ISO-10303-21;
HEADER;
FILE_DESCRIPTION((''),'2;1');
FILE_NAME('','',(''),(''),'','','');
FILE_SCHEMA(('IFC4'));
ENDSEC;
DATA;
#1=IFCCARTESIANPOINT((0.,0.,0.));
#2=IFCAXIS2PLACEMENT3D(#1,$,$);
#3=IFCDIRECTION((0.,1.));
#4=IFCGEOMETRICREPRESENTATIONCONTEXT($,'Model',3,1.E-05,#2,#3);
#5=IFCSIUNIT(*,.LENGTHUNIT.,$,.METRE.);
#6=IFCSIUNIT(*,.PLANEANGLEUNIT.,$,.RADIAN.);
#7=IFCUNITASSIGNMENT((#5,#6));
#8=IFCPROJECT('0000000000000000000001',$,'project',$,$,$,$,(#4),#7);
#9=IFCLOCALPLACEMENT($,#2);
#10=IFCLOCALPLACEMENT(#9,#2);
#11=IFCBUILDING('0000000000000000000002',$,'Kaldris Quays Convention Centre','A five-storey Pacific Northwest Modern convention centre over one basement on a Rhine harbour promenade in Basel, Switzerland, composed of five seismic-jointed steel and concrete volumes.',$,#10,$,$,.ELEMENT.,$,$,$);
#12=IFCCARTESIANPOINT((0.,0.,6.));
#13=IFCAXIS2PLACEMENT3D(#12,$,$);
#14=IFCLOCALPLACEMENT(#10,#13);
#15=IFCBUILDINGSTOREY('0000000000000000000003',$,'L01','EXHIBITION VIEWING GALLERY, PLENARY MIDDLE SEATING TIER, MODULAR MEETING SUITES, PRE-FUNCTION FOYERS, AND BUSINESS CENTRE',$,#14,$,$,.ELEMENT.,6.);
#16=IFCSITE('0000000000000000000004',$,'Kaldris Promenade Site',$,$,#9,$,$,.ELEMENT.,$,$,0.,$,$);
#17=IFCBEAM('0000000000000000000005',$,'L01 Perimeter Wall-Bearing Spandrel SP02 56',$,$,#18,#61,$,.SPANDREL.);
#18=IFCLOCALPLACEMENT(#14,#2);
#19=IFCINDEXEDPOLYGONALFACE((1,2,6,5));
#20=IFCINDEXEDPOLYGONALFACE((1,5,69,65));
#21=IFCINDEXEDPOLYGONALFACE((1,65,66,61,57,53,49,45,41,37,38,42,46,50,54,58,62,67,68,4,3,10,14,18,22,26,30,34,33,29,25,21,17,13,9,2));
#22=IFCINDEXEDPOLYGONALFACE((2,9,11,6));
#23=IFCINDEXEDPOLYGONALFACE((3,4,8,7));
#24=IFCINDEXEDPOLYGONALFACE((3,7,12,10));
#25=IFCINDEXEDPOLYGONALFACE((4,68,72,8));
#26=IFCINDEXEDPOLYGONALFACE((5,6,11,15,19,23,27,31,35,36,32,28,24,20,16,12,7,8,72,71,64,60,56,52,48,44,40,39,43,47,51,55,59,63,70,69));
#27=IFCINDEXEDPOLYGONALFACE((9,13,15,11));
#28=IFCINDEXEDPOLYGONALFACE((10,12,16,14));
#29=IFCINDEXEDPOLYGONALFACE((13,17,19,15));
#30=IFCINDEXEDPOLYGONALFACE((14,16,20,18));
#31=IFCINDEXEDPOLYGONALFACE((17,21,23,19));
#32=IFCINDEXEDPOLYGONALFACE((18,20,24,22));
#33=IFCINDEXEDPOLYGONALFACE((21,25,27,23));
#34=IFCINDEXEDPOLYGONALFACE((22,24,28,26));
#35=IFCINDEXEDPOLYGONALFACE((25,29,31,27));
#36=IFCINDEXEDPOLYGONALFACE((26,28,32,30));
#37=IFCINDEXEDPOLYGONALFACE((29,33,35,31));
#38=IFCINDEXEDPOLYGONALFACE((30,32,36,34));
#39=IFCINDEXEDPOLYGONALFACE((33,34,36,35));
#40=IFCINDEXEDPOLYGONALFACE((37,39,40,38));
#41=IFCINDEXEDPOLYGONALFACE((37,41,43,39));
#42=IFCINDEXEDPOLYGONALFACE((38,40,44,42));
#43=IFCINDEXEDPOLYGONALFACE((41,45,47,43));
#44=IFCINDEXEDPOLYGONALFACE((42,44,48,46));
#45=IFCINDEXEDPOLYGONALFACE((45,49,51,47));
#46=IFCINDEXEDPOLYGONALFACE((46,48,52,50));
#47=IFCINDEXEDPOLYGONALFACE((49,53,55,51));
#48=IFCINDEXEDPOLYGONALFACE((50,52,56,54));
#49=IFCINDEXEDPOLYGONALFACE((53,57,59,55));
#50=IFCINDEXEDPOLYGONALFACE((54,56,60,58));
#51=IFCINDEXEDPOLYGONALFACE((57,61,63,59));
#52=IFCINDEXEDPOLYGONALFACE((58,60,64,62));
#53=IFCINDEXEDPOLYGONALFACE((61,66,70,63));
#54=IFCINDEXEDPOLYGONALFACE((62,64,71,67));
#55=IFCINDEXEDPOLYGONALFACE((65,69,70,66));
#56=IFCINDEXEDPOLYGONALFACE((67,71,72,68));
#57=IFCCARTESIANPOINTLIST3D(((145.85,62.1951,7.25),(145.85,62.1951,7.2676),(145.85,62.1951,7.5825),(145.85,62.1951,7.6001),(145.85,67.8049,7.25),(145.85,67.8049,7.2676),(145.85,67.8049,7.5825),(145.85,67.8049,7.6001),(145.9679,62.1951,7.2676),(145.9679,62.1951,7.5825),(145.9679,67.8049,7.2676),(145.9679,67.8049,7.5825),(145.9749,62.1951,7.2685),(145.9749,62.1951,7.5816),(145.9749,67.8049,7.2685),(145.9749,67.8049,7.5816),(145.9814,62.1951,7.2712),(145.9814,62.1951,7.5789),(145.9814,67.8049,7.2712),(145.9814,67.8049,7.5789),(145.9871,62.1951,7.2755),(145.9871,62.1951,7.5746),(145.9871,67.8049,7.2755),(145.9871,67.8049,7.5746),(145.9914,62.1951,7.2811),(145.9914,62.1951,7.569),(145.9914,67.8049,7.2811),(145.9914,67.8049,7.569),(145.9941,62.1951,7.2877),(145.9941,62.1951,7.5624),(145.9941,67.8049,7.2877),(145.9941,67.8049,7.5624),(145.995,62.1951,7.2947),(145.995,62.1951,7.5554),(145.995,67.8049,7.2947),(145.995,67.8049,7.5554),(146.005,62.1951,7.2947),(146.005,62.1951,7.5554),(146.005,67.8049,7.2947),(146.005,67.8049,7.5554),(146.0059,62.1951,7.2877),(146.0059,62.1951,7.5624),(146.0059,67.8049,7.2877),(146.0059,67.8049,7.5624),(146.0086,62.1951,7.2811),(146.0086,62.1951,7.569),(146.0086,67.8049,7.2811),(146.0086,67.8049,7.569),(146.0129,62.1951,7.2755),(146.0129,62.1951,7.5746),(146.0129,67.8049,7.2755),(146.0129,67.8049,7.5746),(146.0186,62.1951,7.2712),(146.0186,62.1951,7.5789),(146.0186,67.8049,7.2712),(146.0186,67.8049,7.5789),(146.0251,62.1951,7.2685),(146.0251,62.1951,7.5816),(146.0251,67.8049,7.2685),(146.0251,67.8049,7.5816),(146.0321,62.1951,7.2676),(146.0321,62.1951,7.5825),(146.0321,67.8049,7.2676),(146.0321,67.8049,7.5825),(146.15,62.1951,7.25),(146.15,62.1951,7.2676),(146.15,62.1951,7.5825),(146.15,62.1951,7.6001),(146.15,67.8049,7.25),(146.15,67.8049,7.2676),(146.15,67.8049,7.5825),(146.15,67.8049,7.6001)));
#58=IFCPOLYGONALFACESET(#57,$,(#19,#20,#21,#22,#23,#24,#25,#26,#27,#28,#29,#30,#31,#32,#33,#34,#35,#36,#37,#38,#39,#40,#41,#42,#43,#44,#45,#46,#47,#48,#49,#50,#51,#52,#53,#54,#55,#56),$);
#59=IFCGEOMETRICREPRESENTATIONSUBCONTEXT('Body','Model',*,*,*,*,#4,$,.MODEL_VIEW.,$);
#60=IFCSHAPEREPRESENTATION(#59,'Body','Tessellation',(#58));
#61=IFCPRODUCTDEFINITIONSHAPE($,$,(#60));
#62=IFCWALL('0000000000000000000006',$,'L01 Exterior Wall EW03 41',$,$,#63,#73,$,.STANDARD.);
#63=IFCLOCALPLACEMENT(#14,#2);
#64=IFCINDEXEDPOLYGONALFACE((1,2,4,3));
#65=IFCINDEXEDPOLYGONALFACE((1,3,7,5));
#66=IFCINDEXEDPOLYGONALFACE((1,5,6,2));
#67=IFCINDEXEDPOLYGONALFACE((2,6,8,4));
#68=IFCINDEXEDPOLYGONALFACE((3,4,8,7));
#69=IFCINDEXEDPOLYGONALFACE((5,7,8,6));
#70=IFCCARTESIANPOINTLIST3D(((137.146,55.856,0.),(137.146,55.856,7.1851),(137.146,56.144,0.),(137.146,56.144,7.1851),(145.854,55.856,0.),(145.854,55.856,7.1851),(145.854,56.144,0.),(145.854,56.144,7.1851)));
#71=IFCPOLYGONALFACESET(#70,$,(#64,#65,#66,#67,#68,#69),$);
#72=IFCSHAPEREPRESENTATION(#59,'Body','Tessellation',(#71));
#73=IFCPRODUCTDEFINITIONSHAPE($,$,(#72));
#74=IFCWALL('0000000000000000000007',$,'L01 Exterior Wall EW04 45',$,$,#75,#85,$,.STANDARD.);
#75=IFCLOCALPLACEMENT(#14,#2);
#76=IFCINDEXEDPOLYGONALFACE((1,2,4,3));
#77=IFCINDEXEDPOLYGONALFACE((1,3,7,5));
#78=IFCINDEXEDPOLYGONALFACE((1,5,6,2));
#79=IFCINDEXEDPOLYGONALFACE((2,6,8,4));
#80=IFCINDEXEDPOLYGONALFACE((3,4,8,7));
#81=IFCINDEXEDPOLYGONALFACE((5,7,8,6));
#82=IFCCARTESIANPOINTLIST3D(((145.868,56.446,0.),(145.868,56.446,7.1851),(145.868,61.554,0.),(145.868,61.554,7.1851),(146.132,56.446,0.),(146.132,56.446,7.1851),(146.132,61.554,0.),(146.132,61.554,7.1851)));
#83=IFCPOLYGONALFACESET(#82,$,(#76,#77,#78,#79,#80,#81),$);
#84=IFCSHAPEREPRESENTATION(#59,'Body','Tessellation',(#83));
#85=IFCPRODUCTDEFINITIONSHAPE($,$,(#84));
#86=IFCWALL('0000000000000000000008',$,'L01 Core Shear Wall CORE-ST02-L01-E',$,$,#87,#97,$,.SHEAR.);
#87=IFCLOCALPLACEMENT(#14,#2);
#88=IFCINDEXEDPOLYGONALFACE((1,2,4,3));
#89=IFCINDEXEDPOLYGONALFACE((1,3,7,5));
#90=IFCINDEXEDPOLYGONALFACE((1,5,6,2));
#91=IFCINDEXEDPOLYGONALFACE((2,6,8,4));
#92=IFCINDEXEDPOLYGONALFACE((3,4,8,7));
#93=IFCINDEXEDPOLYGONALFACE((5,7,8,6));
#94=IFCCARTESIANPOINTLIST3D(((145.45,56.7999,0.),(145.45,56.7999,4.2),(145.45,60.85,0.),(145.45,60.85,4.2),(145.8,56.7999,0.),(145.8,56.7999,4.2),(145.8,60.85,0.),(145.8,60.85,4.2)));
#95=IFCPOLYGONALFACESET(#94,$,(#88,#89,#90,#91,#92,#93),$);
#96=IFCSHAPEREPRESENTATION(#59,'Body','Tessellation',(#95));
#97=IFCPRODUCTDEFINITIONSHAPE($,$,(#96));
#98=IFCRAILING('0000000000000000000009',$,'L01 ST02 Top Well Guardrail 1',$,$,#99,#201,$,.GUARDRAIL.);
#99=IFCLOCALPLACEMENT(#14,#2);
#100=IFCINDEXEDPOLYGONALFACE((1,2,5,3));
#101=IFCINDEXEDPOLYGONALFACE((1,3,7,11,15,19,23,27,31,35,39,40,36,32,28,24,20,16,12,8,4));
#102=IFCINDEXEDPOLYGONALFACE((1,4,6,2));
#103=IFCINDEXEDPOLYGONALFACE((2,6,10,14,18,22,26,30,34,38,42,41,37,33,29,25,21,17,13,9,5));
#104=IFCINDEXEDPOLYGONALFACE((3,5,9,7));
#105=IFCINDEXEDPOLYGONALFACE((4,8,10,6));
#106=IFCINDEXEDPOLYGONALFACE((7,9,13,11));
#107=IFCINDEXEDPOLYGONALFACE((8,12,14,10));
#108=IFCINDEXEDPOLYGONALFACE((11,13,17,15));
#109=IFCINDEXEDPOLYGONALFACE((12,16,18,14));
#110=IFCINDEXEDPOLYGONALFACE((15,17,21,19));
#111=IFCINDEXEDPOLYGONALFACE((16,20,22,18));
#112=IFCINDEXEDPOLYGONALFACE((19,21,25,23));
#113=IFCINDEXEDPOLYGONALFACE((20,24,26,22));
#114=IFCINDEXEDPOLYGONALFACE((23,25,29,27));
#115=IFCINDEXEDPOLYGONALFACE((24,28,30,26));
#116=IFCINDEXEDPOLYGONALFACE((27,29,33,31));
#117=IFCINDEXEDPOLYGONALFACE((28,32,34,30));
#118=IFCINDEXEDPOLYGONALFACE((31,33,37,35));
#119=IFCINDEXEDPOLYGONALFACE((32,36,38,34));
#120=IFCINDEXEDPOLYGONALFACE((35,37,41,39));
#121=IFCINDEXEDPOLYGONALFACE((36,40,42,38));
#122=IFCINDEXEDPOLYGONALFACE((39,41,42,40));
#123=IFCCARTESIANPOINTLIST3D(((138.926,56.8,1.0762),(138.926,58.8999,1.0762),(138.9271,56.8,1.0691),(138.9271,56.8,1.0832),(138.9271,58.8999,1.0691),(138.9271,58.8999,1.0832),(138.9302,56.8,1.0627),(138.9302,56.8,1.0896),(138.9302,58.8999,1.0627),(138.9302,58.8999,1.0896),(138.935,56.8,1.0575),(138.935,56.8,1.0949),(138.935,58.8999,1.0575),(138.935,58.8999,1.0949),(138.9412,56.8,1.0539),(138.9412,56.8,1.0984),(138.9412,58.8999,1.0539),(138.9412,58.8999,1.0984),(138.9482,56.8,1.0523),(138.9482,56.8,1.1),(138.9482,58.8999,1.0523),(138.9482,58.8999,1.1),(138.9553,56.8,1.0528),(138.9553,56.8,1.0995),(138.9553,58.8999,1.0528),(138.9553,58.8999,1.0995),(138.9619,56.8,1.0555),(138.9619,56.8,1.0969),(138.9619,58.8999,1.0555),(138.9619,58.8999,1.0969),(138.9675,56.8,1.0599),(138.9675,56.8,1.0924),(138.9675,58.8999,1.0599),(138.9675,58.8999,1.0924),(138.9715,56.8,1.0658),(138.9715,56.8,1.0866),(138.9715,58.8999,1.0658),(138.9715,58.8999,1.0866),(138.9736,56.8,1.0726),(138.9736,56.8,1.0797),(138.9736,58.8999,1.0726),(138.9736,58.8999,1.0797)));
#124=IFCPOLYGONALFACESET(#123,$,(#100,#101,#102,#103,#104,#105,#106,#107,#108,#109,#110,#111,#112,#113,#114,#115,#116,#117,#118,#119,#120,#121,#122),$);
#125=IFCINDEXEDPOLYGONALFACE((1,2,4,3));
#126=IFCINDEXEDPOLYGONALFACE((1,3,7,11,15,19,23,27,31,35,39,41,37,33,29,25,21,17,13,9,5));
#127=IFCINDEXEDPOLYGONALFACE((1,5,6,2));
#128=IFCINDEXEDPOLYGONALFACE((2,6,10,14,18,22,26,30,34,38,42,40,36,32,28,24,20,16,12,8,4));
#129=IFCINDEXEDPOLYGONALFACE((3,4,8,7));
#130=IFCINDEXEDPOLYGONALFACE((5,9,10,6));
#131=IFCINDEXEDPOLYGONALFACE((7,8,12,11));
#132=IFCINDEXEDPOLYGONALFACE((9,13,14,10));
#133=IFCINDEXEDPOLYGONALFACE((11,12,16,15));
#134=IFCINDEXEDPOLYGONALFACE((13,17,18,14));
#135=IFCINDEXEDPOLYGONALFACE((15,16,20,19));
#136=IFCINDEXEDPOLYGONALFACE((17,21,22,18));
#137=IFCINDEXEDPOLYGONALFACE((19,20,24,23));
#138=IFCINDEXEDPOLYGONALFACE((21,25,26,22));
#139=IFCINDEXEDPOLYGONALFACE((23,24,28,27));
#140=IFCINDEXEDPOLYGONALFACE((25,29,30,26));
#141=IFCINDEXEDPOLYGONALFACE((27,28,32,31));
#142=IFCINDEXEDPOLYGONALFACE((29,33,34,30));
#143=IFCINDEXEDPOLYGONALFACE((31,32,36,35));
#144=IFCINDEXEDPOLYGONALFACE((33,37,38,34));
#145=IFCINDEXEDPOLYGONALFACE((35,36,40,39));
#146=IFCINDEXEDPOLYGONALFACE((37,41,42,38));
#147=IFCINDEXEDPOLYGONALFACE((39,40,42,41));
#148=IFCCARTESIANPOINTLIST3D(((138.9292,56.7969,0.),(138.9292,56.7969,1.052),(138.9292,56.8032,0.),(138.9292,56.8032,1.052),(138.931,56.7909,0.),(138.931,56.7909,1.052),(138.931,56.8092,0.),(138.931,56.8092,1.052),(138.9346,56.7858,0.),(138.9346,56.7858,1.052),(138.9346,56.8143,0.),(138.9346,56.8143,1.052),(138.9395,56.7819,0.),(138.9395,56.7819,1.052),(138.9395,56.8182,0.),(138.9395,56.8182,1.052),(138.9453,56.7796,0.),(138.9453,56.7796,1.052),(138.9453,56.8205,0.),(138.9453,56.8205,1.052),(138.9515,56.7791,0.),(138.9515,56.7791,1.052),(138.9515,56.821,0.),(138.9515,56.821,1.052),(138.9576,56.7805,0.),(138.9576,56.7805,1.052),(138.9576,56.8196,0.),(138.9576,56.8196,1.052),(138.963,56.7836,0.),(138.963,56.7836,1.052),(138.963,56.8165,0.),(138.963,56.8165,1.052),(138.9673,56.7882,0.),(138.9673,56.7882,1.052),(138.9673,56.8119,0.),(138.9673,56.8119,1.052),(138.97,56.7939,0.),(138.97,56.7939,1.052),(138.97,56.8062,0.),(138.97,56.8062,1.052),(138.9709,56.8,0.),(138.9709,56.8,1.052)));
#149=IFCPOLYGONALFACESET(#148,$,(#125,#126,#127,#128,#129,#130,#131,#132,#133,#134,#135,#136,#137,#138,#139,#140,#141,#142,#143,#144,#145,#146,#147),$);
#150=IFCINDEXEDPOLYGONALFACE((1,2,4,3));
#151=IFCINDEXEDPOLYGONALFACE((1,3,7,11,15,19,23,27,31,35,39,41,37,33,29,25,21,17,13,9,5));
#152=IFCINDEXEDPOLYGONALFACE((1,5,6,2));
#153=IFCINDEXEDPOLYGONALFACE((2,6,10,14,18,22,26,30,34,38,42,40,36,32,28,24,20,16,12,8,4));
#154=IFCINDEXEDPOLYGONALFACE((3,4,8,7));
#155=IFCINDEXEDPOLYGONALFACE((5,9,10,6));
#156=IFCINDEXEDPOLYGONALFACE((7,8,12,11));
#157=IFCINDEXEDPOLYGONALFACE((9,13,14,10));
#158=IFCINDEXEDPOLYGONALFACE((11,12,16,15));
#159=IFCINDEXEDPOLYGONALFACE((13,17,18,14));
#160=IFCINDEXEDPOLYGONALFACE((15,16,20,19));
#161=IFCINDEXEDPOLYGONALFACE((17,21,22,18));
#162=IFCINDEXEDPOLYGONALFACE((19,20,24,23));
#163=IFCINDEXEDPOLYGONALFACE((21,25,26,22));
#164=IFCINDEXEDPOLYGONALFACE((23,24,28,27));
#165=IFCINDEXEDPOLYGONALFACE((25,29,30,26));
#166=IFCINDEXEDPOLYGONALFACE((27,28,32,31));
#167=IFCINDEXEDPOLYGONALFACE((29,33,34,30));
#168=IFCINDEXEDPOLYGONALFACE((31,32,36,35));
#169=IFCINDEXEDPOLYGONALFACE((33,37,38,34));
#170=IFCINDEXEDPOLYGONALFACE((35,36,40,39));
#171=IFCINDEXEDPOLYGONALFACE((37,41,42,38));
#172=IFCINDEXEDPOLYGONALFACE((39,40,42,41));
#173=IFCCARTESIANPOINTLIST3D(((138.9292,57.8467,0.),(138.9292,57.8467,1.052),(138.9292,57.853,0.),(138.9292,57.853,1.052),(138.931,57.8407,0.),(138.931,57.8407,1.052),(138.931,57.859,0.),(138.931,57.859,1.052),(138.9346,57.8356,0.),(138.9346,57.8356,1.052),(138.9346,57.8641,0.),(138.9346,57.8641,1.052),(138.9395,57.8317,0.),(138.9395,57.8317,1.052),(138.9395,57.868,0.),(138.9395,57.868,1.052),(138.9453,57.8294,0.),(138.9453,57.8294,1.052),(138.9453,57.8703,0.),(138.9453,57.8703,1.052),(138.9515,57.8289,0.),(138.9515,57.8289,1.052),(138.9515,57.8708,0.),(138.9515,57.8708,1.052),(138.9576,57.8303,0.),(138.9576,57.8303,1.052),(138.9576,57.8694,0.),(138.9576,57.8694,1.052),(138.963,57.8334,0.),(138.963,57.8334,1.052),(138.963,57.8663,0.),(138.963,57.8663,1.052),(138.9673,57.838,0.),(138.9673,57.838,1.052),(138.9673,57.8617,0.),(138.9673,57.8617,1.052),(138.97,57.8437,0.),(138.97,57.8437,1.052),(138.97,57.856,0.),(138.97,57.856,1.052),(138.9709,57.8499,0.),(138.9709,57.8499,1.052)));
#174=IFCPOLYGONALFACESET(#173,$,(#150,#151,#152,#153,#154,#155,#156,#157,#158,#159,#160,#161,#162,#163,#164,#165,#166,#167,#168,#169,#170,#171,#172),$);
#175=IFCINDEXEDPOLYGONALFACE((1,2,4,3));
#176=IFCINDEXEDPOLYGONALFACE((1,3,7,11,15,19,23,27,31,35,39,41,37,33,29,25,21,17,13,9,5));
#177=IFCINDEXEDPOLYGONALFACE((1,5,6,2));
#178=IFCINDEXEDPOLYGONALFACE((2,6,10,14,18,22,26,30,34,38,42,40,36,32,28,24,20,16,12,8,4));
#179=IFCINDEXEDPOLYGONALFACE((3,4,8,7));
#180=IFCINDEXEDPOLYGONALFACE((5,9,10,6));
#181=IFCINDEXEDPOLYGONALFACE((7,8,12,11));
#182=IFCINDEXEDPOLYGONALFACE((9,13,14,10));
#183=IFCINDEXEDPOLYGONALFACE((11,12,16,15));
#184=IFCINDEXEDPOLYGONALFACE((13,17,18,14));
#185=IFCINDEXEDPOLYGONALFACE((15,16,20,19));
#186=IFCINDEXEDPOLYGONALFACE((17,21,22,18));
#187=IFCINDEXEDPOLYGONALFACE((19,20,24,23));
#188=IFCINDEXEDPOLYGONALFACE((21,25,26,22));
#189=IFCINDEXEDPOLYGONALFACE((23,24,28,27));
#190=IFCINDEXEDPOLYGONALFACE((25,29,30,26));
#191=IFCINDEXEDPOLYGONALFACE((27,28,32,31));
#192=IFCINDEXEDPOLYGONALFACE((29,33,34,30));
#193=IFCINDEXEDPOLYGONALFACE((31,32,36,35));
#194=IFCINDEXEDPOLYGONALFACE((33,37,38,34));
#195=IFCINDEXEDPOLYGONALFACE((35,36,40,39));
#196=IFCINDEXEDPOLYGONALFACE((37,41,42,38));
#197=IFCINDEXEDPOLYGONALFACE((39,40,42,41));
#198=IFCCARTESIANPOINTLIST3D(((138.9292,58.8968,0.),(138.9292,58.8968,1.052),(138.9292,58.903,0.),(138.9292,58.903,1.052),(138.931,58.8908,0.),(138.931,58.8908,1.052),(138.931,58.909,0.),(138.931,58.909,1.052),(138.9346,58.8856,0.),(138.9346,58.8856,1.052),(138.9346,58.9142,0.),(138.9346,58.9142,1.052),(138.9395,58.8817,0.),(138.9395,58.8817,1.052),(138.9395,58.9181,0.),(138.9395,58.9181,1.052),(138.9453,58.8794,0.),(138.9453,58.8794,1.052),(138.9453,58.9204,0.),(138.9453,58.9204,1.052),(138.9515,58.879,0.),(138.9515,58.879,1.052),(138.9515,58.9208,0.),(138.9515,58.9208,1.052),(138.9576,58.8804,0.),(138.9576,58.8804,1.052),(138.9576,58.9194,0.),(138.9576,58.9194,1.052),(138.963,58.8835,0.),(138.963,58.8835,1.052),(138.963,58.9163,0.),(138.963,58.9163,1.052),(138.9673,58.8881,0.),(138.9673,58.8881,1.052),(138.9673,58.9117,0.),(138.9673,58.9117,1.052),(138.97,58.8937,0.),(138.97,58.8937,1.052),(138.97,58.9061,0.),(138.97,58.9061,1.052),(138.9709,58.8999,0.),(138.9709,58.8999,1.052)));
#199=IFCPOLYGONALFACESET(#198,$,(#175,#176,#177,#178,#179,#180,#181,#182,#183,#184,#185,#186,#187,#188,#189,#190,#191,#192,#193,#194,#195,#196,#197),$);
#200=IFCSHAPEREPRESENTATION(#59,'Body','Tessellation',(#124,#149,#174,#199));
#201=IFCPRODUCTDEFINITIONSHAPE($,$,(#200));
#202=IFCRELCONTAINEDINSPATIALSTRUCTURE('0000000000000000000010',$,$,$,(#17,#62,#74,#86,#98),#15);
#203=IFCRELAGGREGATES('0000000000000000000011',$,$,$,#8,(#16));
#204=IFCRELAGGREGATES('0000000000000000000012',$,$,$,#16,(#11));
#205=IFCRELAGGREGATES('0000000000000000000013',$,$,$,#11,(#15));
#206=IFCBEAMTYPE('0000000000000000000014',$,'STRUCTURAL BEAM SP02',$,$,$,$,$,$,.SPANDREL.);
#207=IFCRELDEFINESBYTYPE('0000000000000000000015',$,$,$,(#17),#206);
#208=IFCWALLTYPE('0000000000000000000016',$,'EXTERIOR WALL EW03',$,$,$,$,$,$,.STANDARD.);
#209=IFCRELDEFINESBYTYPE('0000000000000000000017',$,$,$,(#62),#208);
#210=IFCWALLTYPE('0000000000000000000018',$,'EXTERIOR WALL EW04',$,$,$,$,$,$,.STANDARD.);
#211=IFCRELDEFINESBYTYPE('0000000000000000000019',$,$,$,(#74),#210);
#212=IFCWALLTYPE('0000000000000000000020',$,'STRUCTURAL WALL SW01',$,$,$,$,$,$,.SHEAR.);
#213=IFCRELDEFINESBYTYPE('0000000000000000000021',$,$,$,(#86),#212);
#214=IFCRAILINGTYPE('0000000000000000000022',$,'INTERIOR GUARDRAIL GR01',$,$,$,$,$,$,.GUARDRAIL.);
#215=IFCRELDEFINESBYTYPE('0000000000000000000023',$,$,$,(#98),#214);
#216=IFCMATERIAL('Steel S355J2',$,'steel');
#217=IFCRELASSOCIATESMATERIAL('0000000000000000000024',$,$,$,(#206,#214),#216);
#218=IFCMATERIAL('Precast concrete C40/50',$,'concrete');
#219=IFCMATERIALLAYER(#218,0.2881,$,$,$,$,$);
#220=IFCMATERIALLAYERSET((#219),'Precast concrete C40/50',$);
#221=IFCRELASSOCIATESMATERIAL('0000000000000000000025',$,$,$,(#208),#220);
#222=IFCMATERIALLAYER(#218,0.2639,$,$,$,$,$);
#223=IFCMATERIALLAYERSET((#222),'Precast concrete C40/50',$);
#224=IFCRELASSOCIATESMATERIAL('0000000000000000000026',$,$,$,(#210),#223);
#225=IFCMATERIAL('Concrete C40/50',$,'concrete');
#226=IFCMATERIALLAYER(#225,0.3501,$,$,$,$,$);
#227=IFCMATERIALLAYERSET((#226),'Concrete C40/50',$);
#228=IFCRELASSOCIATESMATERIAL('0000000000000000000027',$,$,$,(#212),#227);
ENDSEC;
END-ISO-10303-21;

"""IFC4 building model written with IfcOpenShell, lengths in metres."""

from ifc_helpers import new_model, si_unit, direction, frame, frame_2d, origin, origin_2d, place, context, subcontext, project, spatial, rectangle, circle, i_section, extrude, material, layer, layer_set, material_profile, profile_set, type_object, element, save


model = new_model("IFC4")

# Units and contexts
model_context = context("Model", 3, precision=1e-05, world=origin(), true_north=direction((0.0, 1.0)))
body_context = subcontext(model_context, "Body", "Model", "MODEL_VIEW")
ifc_project = project(units=[si_unit("LENGTHUNIT", "METRE"), si_unit("PLANEANGLEUNIT", "RADIAN")], contexts=[model_context])

# Site, building, storey
site_placement = place(None, origin())
site = spatial("IfcSite", under=ifc_project, at=site_placement, Name="Kaldris Promenade Site", CompositionType="ELEMENT", RefElevation=0.0)
building_placement = place(site_placement, origin())
building = spatial("IfcBuilding", under=site, at=building_placement, Name="Kaldris Quays Convention Centre", Description="A five-storey Pacific Northwest Modern convention centre over one basement on a Rhine harbour promenade in Basel, Switzerland, composed of five seismic-jointed steel and concrete volumes.", CompositionType="ELEMENT")
storey_placement = place(building_placement, frame((0.0, 0.0, 6.0)))
storey = spatial("IfcBuildingStorey", under=building, at=storey_placement, Name="L01", Description="EXHIBITION VIEWING GALLERY, PLENARY MIDDLE SEATING TIER, MODULAR MEETING SUITES, PRE-FUNCTION FOYERS, AND BUSINESS CENTRE", CompositionType="ELEMENT", Elevation=6.0)

# Shared definitions
ifc_material_1 = material(Name="Steel S355J2", Category="steel")

# Beam
ifc_material_profile_1 = material_profile(ifc_material_1, i_section(OverallWidth=0.3, OverallDepth=0.3501, WebThickness=0.01, FlangeThickness=0.0176, FilletRadius=0.0271, at=origin_2d()), Name="HEA 360")
ifc_profile_set_1 = profile_set([ifc_material_profile_1], Name="Steel S355J2")
beam_type_1 = type_object("IfcBeamType", Name="STRUCTURAL BEAM SP02", PredefinedType="SPANDREL", material=ifc_profile_set_1)
beam_1_placement = place(storey_placement, frame((146.0, 62.1951, 7.425), z_axis=(0.0, 1.0, 0.0), x_axis=(-1.0, 0.0, 0.0)))
element("IfcBeam", 1, at=beam_1_placement, inside=storey, type_object=beam_type_1, Name="L01 Perimeter Wall-Bearing Spandrel SP02 56", PredefinedType="SPANDREL", context=body_context, shape_type="SweptSolid", body=[
    extrude(i_section(OverallWidth=0.3, OverallDepth=0.3501, WebThickness=0.01, FlangeThickness=0.0176, FilletRadius=0.0271, at=origin_2d()), origin(), (0.0, 0.0, 1.0), 5.6099),
])

# Walls
ifc_material_2 = material(Name="Precast concrete C40/50", Category="concrete")
ifc_layer_1 = layer(ifc_material_2, 0.2881)
ifc_layer_set_1 = layer_set([ifc_layer_1], Name="Precast concrete C40/50")
wall_type_1 = type_object("IfcWallType", Name="EXTERIOR WALL EW03", PredefinedType="STANDARD", material=ifc_layer_set_1)
wall_1_placement = place(storey_placement, frame((137.146, 56.0, 0.0), z_axis=(0.0, 0.0, 1.0), x_axis=(1.0, 0.0, 0.0)))
element("IfcWall", 2, at=wall_1_placement, inside=storey, type_object=wall_type_1, Name="L01 Exterior Wall EW03 41", PredefinedType="STANDARD", context=body_context, shape_type="SweptSolid", body=[
    extrude(rectangle(XDim=8.708, YDim=0.2881, at=frame_2d((4.354, 0.0))), origin(), (0.0, 0.0, 1.0), 7.1851),
])
ifc_layer_2 = layer(ifc_material_2, 0.2639)
ifc_layer_set_2 = layer_set([ifc_layer_2], Name="Precast concrete C40/50")
wall_type_2 = type_object("IfcWallType", Name="EXTERIOR WALL EW04", PredefinedType="STANDARD", material=ifc_layer_set_2)
wall_2_placement = place(storey_placement, frame((146.0, 56.446, 0.0), z_axis=(0.0, 0.0, 1.0), x_axis=(0.0, 1.0, 0.0)))
element("IfcWall", 3, at=wall_2_placement, inside=storey, type_object=wall_type_2, Name="L01 Exterior Wall EW04 45", PredefinedType="STANDARD", context=body_context, shape_type="SweptSolid", body=[
    extrude(rectangle(XDim=5.1079, YDim=0.2639, at=frame_2d((2.554, 0.0))), origin(), (0.0, 0.0, 1.0), 7.1851),
])
ifc_material_3 = material(Name="Concrete C40/50", Category="concrete")
ifc_layer_3 = layer(ifc_material_3, 0.3501)
ifc_layer_set_3 = layer_set([ifc_layer_3], Name="Concrete C40/50")
wall_type_3 = type_object("IfcWallType", Name="STRUCTURAL WALL SW01", PredefinedType="SHEAR", material=ifc_layer_set_3)
wall_3_placement = place(storey_placement, frame((145.625, 56.8, 0.0), z_axis=(0.0, 0.0, 1.0), x_axis=(0.0, 1.0, 0.0)))
element("IfcWall", 4, at=wall_3_placement, inside=storey, type_object=wall_type_3, Name="L01 Core Shear Wall CORE-ST02-L01-E", PredefinedType="SHEAR", context=body_context, shape_type="SweptSolid", body=[
    extrude(rectangle(XDim=4.05, YDim=0.3501, at=frame_2d((2.0249, 0.0))), origin(), (0.0, 0.0, 1.0), 4.2),
])

# Railing
railing_type = type_object("IfcRailingType", Name="INTERIOR GUARDRAIL GR01", PredefinedType="GUARDRAIL", material=ifc_material_1)
railing_placement = place(storey_placement, frame((138.95, 56.8, 0.0)))
element("IfcRailing", 5, at=railing_placement, inside=storey, type_object=railing_type, Name="L01 ST02 Top Well Guardrail 1", PredefinedType="GUARDRAIL", context=body_context, shape_type="SweptSolid", body=[
    extrude(circle(Radius=0.0239, at=origin_2d()), frame((0.0, 0.0, 1.0762), z_axis=(0.0, 1.0, 0.0), x_axis=(-1.0, 0.0, 0.0)), (0.0, 0.0, 1.0), 2.0999),
    extrude(circle(Radius=0.021, at=origin_2d()), origin(), (0.0, 0.0, 1.0), 1.052),
    extrude(circle(Radius=0.021, at=origin_2d()), frame((0.0, 1.0498, 0.0)), (0.0, 0.0, 1.0), 1.052),
    extrude(circle(Radius=0.021, at=origin_2d()), frame((0.0, 2.0999, 0.0)), (0.0, 0.0, 1.0), 1.052),
])

save(model, "model.ifc")
